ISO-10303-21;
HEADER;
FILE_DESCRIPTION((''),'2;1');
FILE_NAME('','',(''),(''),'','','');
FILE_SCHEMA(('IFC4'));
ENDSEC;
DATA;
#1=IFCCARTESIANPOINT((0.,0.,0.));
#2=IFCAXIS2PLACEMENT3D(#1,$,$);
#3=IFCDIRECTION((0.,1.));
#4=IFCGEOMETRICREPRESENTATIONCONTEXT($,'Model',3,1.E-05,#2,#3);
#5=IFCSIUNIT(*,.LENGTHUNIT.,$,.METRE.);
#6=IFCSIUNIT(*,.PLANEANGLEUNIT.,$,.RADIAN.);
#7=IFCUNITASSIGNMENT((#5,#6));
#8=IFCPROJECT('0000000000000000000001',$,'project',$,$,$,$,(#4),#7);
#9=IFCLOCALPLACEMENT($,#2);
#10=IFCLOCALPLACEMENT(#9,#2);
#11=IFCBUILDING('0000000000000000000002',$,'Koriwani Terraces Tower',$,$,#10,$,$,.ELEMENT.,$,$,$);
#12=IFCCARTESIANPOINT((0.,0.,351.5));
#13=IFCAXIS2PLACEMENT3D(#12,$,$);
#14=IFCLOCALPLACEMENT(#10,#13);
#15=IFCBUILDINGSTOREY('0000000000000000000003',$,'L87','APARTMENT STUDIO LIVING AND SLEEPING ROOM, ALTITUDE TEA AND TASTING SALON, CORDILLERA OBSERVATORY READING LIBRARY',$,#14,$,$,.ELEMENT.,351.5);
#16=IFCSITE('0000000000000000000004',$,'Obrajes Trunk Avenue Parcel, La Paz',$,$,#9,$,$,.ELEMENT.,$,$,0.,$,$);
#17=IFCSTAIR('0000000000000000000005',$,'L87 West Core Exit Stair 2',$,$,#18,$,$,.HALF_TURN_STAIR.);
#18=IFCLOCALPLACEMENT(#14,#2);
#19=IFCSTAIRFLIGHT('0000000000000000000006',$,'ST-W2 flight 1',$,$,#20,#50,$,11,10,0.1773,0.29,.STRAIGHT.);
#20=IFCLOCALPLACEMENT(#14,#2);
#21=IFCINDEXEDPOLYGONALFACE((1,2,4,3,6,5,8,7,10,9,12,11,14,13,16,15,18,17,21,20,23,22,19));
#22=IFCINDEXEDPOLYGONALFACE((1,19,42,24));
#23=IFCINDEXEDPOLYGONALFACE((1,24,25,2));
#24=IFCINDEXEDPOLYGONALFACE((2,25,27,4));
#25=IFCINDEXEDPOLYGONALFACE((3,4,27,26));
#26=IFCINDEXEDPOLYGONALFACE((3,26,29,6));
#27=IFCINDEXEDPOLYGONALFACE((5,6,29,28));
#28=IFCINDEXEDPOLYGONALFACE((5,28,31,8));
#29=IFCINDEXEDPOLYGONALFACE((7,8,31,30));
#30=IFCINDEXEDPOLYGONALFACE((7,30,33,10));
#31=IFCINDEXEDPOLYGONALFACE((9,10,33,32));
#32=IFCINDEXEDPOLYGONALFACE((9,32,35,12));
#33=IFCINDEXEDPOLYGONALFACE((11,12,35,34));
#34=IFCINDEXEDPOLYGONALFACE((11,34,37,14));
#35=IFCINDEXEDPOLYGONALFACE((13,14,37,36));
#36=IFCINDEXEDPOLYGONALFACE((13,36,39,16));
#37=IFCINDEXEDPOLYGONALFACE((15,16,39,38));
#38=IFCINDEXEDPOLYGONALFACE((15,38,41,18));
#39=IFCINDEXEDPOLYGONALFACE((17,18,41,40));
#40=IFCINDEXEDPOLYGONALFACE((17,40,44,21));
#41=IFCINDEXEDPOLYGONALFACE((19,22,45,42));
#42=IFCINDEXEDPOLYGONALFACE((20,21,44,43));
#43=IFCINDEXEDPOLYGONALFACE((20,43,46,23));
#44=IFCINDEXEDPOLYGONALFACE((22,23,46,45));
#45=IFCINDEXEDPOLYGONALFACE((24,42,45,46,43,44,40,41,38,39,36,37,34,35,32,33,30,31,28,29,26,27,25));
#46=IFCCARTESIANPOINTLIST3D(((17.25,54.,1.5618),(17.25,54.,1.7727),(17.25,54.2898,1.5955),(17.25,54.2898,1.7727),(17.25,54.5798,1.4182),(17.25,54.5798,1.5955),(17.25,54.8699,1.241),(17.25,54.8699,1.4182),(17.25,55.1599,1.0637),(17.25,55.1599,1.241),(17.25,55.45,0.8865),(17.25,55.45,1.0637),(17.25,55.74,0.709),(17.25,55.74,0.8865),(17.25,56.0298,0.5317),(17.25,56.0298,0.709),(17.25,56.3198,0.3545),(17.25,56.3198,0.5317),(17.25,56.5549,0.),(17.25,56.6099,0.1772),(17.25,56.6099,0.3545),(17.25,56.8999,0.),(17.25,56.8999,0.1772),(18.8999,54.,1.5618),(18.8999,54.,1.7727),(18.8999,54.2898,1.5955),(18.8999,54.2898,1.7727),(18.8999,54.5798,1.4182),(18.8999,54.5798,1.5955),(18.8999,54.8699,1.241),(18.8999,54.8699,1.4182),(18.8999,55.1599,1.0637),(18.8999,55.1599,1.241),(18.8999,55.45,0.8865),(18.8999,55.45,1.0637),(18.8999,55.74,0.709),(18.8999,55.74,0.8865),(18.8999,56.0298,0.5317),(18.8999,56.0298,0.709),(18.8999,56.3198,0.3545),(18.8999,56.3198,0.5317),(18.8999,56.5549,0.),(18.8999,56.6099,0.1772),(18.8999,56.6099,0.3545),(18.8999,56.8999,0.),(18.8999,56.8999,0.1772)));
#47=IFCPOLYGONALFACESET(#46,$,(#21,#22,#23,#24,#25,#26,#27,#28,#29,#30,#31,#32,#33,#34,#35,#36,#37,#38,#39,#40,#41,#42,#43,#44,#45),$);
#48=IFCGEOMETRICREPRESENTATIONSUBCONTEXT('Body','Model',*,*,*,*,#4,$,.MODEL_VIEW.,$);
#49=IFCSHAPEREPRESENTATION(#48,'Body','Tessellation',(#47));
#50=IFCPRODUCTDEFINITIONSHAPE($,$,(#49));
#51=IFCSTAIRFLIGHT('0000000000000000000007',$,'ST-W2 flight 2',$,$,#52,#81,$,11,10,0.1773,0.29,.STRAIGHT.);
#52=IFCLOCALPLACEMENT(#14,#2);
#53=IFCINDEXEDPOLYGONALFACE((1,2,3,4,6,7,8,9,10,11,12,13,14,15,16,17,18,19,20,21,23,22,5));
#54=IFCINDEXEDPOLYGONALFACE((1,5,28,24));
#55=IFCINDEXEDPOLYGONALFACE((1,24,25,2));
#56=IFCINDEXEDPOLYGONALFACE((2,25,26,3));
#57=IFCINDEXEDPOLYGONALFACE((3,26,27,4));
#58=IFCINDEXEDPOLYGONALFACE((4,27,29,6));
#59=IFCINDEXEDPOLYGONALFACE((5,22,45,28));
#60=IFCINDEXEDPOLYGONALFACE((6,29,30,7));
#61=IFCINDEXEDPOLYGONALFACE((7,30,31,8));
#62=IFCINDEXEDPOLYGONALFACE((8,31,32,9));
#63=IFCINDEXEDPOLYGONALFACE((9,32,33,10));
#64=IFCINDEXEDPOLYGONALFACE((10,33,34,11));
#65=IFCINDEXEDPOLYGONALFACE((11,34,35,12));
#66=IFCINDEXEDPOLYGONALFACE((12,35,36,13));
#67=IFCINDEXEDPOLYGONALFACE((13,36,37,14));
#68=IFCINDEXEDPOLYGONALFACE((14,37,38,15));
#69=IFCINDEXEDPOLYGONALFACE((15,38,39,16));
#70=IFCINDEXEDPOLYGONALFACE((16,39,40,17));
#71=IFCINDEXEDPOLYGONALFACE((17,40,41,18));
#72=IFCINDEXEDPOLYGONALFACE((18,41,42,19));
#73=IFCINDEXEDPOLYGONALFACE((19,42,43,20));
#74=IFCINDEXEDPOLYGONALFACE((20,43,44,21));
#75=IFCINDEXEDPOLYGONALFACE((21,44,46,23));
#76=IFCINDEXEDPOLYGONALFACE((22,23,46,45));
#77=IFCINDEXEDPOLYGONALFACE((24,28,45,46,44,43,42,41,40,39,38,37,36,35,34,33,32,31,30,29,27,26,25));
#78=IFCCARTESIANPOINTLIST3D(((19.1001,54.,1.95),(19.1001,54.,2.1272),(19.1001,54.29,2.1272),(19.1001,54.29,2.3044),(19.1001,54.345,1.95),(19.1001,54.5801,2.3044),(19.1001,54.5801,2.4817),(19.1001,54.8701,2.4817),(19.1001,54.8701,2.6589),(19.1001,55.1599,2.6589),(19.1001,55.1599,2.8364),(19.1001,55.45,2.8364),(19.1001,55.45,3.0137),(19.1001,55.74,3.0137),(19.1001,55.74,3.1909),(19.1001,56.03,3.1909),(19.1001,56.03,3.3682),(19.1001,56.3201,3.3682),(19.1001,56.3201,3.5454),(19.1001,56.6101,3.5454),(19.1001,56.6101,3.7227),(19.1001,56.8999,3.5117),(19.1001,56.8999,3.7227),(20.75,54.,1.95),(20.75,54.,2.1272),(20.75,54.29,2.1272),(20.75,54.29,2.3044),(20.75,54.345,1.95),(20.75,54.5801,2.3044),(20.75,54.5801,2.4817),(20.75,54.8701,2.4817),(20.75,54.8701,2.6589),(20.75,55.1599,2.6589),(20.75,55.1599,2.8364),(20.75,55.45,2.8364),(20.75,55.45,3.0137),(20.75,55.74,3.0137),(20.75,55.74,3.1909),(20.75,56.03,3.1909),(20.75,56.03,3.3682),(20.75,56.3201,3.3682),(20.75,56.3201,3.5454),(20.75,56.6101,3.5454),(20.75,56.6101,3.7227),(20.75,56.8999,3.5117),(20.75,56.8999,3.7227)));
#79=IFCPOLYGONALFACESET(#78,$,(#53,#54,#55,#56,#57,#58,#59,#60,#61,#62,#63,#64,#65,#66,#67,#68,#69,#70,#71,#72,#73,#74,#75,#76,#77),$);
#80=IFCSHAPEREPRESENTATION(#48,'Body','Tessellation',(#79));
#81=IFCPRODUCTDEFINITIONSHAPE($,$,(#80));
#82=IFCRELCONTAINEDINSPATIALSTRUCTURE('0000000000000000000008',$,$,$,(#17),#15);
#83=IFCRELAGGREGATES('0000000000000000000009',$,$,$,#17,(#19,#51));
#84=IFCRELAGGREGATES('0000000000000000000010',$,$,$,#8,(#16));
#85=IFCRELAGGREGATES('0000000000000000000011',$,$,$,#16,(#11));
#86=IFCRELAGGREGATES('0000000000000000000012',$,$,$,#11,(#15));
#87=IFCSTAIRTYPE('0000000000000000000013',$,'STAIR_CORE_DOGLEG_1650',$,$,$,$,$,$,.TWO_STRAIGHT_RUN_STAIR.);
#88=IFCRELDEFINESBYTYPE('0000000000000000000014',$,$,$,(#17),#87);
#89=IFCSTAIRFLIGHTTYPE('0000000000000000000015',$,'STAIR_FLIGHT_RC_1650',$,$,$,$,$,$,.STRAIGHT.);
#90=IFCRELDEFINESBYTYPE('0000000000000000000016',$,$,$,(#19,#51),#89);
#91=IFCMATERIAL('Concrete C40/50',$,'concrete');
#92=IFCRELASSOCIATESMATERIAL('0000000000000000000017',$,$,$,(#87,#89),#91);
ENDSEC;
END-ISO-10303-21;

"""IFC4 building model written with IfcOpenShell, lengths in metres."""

from ifc_helpers import new_model, si_unit, direction, frame, origin, place, context, subcontext, project, spatial, polyline, outline, extrude, material, type_object, element, aggregate, save


model = new_model("IFC4")

# Units and contexts
model_context = context("Model", 3, precision=1e-05, world=origin(), true_north=direction((0.0, 1.0)))
body_context = subcontext(model_context, "Body", "Model", "MODEL_VIEW")
ifc_project = project(units=[si_unit("LENGTHUNIT", "METRE"), si_unit("PLANEANGLEUNIT", "RADIAN")], contexts=[model_context])

# Site, building, storey
site_placement = place(None, origin())
site = spatial("IfcSite", under=ifc_project, at=site_placement, Name="Obrajes Trunk Avenue Parcel, La Paz", CompositionType="ELEMENT", RefElevation=0.0)
building_placement = place(site_placement, origin())
building = spatial("IfcBuilding", under=site, at=building_placement, Name="Koriwani Terraces Tower", CompositionType="ELEMENT")
storey_placement = place(building_placement, frame((0.0, 0.0, 351.5)))
storey = spatial("IfcBuildingStorey", under=building, at=storey_placement, Name="L87", Description="APARTMENT STUDIO LIVING AND SLEEPING ROOM, ALTITUDE TEA AND TASTING SALON, CORDILLERA OBSERVATORY READING LIBRARY", CompositionType="ELEMENT", Elevation=351.5)

# Shared definitions
ifc_material_1 = material(Name="Concrete C40/50", Category="concrete")

# Stair, stair flights
stair_type = type_object("IfcStairType", Name="STAIR_CORE_DOGLEG_1650", PredefinedType="TWO_STRAIGHT_RUN_STAIR", material=ifc_material_1)
stair_placement = place(storey_placement, origin())
stair = element("IfcStair", 1, at=stair_placement, inside=storey, type_object=stair_type, Name="L87 West Core Exit Stair 2", PredefinedType="HALF_TURN_STAIR")
stair_flight_type = type_object("IfcStairFlightType", Name="STAIR_FLIGHT_RC_1650", PredefinedType="STRAIGHT", material=ifc_material_1)
stair_flight_1_placement = place(storey_placement, frame((18.075, 56.8999, 0.0), z_axis=(0.0, 0.0, 1.0), x_axis=(0.0, -1.0, 0.0)))
stair_flight_1 = element("IfcStairFlight", 2, at=stair_flight_1_placement, type_object=stair_flight_type, Name="ST-W2 flight 1", NumberOfRisers=11, NumberOfTreads=10, PredefinedType="STRAIGHT", RiserHeight=0.1773, TreadLength=0.29, context=body_context, shape_type="SweptSolid", body=[
    extrude(outline(polyline([(0.0, 0.0), (0.0, 0.1772), (0.29, 0.1772), (0.29, 0.3545), (0.5801, 0.3545), (0.5801, 0.5317), (0.8701, 0.5317), (0.8701, 0.709), (1.1599, 0.709), (1.1599, 0.8865), (1.45, 0.8865), (1.45, 1.0637), (1.74, 1.0637), (1.74, 1.241), (2.03, 1.241), (2.03, 1.4182), (2.3201, 1.4182), (2.3201, 1.5955), (2.6101, 1.5955), (2.6101, 1.7727), (2.8999, 1.7727), (2.8999, 1.95), (2.8999, 1.5618), (0.345, 0.0), (0.0, 0.0)])), frame((0.0, 0.825, 0.0), z_axis=(0.0, -1.0, 0.0), x_axis=(1.0, 0.0, 0.0)), (0.0, 0.0, 1.0), 1.6499),
])
stair_flight_2_placement = place(storey_placement, frame((19.925, 54.0, 1.95), z_axis=(0.0, 0.0, 1.0), x_axis=(0.0, 1.0, 0.0)))
stair_flight_2 = element("IfcStairFlight", 3, at=stair_flight_2_placement, type_object=stair_flight_type, Name="ST-W2 flight 2", NumberOfRisers=11, NumberOfTreads=10, PredefinedType="STRAIGHT", RiserHeight=0.1773, TreadLength=0.29, context=body_context, shape_type="SweptSolid", body=[
    extrude(outline(polyline([(0.0, 0.0), (0.0, 0.1772), (0.29, 0.1772), (0.29, 0.3545), (0.5801, 0.3545), (0.5801, 0.5317), (0.8701, 0.5317), (0.8701, 0.709), (1.1599, 0.709), (1.1599, 0.8865), (1.45, 0.8865), (1.45, 1.0637), (1.74, 1.0637), (1.74, 1.241), (2.03, 1.241), (2.03, 1.4182), (2.3201, 1.4182), (2.3201, 1.5955), (2.6101, 1.5955), (2.6101, 1.7727), (2.8999, 1.7727), (2.8999, 1.95), (2.8999, 1.5618), (0.345, 0.0), (0.0, 0.0)])), frame((0.0, 0.825, 0.0), z_axis=(0.0, -1.0, 0.0), x_axis=(1.0, 0.0, 0.0)), (0.0, 0.0, 1.0), 1.6499),
])
aggregate(stair, [stair_flight_1, stair_flight_2])

save(model, "model.ifc")
